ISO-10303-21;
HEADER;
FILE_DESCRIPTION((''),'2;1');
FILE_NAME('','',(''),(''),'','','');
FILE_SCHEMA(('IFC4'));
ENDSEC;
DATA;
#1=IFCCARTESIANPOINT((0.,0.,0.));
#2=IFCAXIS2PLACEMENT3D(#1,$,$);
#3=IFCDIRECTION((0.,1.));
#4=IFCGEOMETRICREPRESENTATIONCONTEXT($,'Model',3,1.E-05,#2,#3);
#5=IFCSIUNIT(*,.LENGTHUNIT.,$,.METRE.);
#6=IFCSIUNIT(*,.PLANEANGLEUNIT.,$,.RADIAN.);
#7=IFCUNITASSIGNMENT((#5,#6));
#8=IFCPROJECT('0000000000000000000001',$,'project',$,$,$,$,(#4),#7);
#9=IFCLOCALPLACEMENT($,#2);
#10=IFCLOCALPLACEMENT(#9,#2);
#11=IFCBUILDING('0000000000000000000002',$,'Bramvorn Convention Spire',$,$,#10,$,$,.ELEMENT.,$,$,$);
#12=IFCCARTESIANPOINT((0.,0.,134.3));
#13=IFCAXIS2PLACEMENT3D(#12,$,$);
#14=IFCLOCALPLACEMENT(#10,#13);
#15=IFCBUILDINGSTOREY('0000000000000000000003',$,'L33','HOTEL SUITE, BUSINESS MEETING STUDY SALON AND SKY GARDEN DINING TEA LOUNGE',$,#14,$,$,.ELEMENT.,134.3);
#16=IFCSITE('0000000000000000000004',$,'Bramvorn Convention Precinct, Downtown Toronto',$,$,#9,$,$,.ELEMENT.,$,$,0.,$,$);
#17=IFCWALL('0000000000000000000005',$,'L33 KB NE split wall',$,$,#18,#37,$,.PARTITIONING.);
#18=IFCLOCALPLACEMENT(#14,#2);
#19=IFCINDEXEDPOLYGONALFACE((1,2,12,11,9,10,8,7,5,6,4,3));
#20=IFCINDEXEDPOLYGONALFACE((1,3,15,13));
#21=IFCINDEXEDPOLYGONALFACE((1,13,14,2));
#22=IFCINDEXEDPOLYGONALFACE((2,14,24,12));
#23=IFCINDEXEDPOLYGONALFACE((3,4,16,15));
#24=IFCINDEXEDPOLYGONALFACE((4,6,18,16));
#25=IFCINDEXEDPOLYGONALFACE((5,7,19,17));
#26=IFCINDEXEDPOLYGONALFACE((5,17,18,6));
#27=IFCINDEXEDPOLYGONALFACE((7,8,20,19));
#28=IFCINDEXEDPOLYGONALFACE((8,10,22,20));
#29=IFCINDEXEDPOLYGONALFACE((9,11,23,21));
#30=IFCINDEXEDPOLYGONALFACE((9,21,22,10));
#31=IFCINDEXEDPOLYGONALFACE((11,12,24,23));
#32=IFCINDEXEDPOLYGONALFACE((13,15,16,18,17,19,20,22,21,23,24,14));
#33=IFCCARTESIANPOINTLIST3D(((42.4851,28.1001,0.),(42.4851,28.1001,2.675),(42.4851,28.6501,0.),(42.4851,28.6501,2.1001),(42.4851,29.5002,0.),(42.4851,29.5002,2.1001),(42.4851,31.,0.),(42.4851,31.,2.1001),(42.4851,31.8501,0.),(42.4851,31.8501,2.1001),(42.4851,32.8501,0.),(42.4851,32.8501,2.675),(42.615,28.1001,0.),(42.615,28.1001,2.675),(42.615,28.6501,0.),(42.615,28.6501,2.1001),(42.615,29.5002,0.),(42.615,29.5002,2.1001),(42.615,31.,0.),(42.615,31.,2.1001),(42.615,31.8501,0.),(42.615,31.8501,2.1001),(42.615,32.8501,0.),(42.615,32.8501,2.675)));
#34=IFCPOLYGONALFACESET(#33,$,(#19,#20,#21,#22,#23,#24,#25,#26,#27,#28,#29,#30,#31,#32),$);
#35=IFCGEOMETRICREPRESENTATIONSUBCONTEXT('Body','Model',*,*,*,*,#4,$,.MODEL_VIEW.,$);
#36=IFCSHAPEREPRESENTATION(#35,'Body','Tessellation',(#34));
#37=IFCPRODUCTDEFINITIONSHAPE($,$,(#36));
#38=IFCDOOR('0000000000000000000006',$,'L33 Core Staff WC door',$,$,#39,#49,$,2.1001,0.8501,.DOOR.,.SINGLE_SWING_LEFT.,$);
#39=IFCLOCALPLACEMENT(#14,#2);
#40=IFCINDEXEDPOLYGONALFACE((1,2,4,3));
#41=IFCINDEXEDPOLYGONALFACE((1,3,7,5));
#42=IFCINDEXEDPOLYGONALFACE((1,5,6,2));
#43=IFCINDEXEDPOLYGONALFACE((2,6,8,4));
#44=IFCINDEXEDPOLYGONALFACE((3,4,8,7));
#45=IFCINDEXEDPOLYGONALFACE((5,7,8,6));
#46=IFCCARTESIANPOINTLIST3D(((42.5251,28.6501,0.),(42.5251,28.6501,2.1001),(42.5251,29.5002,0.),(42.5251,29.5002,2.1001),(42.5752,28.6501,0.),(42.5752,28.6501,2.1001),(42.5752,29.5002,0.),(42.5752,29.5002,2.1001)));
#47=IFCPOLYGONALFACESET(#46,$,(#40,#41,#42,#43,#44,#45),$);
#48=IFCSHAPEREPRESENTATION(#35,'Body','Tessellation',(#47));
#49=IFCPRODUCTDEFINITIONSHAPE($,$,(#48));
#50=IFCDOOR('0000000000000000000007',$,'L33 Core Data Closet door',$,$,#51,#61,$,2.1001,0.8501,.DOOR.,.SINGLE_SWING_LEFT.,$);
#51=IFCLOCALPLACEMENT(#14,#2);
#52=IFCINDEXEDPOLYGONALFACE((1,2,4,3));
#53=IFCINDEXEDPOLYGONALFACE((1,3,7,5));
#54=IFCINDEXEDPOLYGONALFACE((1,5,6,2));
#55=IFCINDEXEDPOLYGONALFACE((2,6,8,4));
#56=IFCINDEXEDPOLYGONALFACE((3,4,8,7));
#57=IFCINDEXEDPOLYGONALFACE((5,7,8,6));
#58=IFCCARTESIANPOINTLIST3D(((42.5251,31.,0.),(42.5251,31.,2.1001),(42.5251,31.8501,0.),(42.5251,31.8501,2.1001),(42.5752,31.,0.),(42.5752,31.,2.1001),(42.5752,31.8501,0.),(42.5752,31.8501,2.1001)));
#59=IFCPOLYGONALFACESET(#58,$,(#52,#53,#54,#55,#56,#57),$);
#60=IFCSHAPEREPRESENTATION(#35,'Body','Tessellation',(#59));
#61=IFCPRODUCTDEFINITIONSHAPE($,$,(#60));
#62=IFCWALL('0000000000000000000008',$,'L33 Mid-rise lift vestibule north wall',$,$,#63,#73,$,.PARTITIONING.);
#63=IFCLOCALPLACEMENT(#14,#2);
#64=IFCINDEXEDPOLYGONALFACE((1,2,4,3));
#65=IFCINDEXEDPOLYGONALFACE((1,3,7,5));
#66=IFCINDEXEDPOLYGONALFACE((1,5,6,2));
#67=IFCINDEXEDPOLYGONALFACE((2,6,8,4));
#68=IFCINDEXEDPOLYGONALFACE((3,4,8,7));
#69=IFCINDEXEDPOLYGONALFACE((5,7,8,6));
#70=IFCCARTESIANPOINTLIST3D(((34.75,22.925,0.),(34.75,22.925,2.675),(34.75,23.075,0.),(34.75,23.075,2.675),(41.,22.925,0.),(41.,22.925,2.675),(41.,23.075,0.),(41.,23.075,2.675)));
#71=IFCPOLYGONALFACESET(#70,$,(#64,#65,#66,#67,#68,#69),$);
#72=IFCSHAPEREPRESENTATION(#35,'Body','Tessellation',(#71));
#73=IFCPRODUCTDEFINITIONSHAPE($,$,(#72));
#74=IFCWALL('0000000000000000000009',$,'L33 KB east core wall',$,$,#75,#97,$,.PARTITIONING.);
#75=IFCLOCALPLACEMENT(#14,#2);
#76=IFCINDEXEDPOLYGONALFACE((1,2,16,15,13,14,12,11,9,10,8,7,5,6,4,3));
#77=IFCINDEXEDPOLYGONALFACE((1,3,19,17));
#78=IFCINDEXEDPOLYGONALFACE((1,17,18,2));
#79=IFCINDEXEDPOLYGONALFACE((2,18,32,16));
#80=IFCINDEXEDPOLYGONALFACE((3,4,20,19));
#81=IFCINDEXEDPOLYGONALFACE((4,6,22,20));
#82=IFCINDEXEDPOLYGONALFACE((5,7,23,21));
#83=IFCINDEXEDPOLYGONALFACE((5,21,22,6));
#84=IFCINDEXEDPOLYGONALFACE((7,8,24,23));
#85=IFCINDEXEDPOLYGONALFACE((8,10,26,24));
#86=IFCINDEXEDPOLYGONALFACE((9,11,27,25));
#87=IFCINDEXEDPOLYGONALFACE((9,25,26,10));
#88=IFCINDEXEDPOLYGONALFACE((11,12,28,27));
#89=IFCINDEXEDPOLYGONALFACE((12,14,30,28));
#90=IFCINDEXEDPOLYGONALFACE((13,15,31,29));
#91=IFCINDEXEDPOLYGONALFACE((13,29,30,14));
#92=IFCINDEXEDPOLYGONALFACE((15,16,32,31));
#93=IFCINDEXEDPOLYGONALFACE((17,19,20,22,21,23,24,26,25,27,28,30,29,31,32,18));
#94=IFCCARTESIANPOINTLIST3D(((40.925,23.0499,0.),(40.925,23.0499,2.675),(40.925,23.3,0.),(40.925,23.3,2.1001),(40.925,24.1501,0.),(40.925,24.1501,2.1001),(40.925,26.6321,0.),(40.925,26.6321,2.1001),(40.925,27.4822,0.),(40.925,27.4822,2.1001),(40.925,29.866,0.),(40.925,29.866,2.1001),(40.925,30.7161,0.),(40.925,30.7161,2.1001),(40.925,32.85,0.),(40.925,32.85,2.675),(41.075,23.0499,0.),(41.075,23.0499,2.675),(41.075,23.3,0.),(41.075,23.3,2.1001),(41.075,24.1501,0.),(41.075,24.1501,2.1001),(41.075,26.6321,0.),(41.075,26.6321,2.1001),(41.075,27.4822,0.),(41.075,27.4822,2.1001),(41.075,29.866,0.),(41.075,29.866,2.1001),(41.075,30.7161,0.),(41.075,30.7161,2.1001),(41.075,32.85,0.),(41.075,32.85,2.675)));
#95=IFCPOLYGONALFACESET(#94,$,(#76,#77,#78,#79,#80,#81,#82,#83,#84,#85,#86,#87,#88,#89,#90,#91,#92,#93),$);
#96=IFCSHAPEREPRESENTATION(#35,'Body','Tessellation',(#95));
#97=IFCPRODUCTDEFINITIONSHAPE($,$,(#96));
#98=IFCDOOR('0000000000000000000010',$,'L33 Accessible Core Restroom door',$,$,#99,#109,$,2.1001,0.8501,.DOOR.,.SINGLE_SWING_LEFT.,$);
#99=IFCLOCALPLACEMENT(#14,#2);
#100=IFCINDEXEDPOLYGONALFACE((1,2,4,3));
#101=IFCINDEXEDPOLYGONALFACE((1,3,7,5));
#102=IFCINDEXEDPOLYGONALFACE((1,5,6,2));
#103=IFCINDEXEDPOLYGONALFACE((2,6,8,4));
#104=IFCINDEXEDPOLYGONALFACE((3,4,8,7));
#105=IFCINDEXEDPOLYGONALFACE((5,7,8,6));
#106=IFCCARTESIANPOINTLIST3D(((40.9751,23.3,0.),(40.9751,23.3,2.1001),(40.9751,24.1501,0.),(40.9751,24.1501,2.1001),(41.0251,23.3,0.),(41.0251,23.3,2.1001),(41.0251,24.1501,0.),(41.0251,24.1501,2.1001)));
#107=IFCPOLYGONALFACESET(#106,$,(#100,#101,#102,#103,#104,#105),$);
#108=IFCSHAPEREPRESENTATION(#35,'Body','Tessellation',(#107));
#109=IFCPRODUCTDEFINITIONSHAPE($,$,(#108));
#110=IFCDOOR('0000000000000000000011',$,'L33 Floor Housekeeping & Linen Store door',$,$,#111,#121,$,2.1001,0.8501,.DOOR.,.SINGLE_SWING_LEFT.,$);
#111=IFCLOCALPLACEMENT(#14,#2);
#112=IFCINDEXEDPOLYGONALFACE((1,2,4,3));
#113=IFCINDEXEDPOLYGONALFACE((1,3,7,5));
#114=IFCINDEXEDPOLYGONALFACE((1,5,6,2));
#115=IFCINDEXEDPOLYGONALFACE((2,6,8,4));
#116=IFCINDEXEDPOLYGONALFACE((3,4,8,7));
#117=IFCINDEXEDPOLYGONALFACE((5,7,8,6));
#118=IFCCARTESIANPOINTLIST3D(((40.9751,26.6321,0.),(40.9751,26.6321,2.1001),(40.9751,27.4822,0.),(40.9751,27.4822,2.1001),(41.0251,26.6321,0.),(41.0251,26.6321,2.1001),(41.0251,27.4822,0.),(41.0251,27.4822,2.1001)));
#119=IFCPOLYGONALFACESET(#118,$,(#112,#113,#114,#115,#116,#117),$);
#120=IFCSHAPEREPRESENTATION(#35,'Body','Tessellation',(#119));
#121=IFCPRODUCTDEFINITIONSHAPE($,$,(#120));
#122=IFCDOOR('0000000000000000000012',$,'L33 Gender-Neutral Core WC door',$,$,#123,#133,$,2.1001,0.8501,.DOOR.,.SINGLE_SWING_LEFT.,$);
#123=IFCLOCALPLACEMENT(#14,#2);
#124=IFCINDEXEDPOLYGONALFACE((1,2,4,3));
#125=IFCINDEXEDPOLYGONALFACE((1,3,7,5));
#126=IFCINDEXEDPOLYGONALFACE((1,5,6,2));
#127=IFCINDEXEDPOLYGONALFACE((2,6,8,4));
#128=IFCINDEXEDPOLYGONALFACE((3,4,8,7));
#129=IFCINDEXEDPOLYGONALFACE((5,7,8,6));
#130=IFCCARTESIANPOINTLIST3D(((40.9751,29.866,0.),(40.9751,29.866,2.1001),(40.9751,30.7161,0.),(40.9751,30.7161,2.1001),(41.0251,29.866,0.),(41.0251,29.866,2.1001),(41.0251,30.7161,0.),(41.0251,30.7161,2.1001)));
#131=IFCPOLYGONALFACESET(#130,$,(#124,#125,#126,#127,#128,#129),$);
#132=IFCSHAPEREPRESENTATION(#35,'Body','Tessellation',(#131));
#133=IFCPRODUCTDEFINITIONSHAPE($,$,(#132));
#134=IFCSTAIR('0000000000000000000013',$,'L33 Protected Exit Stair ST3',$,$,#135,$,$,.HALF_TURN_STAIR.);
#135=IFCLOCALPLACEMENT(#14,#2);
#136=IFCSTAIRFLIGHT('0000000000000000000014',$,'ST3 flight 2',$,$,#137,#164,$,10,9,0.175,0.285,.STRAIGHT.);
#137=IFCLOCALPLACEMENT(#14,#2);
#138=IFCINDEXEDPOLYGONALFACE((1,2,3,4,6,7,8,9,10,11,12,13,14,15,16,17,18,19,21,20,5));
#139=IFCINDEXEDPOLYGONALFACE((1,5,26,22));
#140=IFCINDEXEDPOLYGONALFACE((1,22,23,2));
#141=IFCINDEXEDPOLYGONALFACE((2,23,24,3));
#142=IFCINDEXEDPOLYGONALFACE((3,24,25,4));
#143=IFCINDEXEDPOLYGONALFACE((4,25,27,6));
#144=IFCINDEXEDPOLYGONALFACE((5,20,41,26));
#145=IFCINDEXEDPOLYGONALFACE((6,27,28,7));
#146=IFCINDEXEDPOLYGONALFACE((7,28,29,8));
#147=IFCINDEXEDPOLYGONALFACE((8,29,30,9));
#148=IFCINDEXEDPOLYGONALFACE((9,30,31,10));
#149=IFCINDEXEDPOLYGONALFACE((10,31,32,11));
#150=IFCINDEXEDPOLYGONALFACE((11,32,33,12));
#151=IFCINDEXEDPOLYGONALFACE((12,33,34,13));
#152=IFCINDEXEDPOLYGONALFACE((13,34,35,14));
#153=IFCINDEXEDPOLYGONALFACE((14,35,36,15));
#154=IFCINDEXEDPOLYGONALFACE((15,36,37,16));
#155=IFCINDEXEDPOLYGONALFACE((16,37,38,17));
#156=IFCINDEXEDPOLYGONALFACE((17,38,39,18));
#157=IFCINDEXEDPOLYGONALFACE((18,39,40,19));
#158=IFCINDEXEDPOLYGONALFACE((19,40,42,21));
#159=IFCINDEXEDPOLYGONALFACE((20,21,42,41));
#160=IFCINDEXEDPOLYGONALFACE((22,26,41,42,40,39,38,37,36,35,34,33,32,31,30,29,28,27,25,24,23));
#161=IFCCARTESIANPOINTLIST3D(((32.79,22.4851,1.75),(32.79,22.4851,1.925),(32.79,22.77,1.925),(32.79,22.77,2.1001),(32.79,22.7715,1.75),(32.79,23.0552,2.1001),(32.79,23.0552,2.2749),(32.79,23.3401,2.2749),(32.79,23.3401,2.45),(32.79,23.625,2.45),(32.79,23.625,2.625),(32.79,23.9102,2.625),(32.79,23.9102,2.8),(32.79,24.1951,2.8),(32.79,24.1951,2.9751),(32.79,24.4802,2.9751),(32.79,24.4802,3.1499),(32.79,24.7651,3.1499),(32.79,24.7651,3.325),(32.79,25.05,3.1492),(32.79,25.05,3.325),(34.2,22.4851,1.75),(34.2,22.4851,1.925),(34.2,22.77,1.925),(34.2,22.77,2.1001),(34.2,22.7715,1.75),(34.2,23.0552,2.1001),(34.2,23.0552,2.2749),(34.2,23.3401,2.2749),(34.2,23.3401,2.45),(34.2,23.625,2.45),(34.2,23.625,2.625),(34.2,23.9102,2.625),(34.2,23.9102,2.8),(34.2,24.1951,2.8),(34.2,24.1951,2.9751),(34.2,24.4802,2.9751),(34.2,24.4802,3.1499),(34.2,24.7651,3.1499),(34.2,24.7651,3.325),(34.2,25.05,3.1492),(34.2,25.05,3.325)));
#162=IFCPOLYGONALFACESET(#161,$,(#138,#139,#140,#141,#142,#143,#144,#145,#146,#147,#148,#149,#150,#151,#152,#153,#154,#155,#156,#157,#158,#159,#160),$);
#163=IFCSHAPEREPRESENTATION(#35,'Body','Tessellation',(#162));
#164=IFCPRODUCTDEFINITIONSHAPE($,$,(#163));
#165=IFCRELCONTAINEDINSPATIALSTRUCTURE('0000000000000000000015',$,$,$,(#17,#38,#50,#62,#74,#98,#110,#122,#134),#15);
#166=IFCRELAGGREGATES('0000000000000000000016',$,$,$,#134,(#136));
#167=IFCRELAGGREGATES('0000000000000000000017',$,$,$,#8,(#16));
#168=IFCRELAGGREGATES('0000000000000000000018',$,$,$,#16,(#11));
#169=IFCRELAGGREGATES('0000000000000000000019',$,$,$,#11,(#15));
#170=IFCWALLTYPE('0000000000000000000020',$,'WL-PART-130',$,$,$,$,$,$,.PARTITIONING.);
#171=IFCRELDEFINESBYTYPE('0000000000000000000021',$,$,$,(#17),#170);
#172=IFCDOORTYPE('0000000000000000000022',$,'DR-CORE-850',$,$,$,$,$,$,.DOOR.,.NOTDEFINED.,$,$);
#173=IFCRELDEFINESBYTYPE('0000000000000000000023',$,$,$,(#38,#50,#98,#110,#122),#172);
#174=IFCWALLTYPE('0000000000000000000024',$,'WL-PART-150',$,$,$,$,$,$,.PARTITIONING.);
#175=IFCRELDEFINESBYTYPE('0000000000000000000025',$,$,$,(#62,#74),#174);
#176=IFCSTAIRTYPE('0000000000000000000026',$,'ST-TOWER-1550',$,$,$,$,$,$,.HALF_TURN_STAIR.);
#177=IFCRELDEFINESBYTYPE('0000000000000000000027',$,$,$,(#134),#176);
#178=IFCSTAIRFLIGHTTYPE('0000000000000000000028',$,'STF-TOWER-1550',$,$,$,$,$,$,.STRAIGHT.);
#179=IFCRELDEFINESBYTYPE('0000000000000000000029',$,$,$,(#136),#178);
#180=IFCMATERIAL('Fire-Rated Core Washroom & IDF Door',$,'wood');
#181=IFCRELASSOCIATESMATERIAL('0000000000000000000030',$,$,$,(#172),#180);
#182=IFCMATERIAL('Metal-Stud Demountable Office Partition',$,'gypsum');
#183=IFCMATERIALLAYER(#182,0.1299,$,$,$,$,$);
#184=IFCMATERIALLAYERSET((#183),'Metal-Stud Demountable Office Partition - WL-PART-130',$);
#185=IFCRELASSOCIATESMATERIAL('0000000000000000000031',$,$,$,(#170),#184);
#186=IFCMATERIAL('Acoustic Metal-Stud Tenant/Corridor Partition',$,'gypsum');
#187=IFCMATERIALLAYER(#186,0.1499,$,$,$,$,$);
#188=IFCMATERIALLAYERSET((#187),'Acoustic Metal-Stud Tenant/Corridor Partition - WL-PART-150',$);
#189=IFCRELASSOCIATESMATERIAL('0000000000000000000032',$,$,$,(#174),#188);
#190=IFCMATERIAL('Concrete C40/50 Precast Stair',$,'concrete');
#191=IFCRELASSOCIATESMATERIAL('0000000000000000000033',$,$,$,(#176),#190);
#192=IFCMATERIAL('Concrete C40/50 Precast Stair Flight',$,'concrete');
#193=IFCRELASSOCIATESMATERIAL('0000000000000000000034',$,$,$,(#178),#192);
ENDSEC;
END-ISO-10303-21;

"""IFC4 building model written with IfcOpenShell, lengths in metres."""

from ifc_helpers import new_model, si_unit, direction, frame, frame_2d, origin, place, context, subcontext, project, spatial, polyline, rectangle, outline, extrude, material, layer, layer_set, type_object, element, fill, aggregate, save


model = new_model("IFC4")

# Units and contexts
model_context = context("Model", 3, precision=1e-05, world=origin(), true_north=direction((0.0, 1.0)))
body_context = subcontext(model_context, "Body", "Model", "MODEL_VIEW")
ifc_project = project(units=[si_unit("LENGTHUNIT", "METRE"), si_unit("PLANEANGLEUNIT", "RADIAN")], contexts=[model_context])

# Site, building, storey
site_placement = place(None, origin())
site = spatial("IfcSite", under=ifc_project, at=site_placement, Name="Bramvorn Convention Precinct, Downtown Toronto", CompositionType="ELEMENT", RefElevation=0.0)
building_placement = place(site_placement, origin())
building = spatial("IfcBuilding", under=site, at=building_placement, Name="Bramvorn Convention Spire", CompositionType="ELEMENT")
storey_placement = place(building_placement, frame((0.0, 0.0, 134.3)))
storey = spatial("IfcBuildingStorey", under=building, at=storey_placement, Name="L33", Description="HOTEL SUITE, BUSINESS MEETING STUDY SALON AND SKY GARDEN DINING TEA LOUNGE", CompositionType="ELEMENT", Elevation=134.3)

# Shared definitions
ifc_material_1 = material(Name="Fire-Rated Core Washroom & IDF Door", Category="wood")
door_type_1 = type_object("IfcDoorType", Name="DR-CORE-850", OperationType="NOTDEFINED", PredefinedType="DOOR", material=ifc_material_1)

# Wall, openings, doors
ifc_material_2 = material(Name="Metal-Stud Demountable Office Partition", Category="gypsum")
ifc_layer_1 = layer(ifc_material_2, 0.1299)
ifc_layer_set_1 = layer_set([ifc_layer_1], Name="Metal-Stud Demountable Office Partition - WL-PART-130")
wall_type_1 = type_object("IfcWallType", Name="WL-PART-130", PredefinedType="PARTITIONING", material=ifc_layer_set_1)
wall_1_placement = place(storey_placement, frame((42.55, 28.1001, 0.0), z_axis=(0.0, 0.0, 1.0), x_axis=(0.0, 1.0, 0.0)))
wall_1 = element("IfcWall", 1, at=wall_1_placement, inside=storey, type_object=wall_type_1, Name="L33 KB NE split wall", PredefinedType="PARTITIONING", context=body_context, shape_type="SweptSolid", body=[
    extrude(rectangle(XDim=4.75, YDim=0.1299, at=frame_2d((2.375, 0.0))), origin(), (0.0, 0.0, 1.0), 2.675),
])
opening_1_placement = place(wall_1_placement, frame((0.55, 0.0, 0.0)))
opening_1 = element("IfcOpeningElement", 2, at=opening_1_placement, cuts=wall_1, PredefinedType="OPENING", context=body_context, shape_type="SweptSolid", body=[
    extrude(rectangle(XDim=0.8501, YDim=2.1001, at=frame_2d((0.425, 1.05))), frame((0.0, 0.075, 0.0), z_axis=(0.0, -1.0, 0.0), x_axis=(1.0, 0.0, 0.0)), (0.0, 0.0, 1.0), 0.1499),
])
opening_2_placement = place(wall_1_placement, frame((2.8999, 0.0, 0.0)))
opening_2 = element("IfcOpeningElement", 3, at=opening_2_placement, cuts=wall_1, PredefinedType="OPENING", context=body_context, shape_type="SweptSolid", body=[
    extrude(rectangle(XDim=0.8501, YDim=2.1001, at=frame_2d((0.425, 1.05))), frame((0.0, 0.075, 0.0), z_axis=(0.0, -1.0, 0.0), x_axis=(1.0, 0.0, 0.0)), (0.0, 0.0, 1.0), 0.1499),
])
door_1_placement = place(opening_1_placement, origin())
door_1 = element("IfcDoor", 4, at=door_1_placement, inside=storey, type_object=door_type_1, Name="L33 Core Staff WC door", OperationType="SINGLE_SWING_LEFT", OverallHeight=2.1001, OverallWidth=0.8501, PredefinedType="DOOR", context=body_context, shape_type="SweptSolid", body=[
    extrude(rectangle(XDim=0.8501, YDim=2.1001, at=frame_2d((0.425, 1.05))), frame((0.0, 0.0249, 0.0), z_axis=(0.0, -1.0, 0.0), x_axis=(1.0, 0.0, 0.0)), (0.0, 0.0, 1.0), 0.05),
])
fill(opening_1, door_1)
door_2_placement = place(opening_2_placement, origin())
door_2 = element("IfcDoor", 5, at=door_2_placement, inside=storey, type_object=door_type_1, Name="L33 Core Data Closet door", OperationType="SINGLE_SWING_LEFT", OverallHeight=2.1001, OverallWidth=0.8501, PredefinedType="DOOR", context=body_context, shape_type="SweptSolid", body=[
    extrude(rectangle(XDim=0.8501, YDim=2.1001, at=frame_2d((0.425, 1.05))), frame((0.0, 0.0249, 0.0), z_axis=(0.0, -1.0, 0.0), x_axis=(1.0, 0.0, 0.0)), (0.0, 0.0, 1.0), 0.05),
])
fill(opening_2, door_2)

# Wall
ifc_material_3 = material(Name="Acoustic Metal-Stud Tenant/Corridor Partition", Category="gypsum")
ifc_layer_2 = layer(ifc_material_3, 0.1499)
ifc_layer_set_2 = layer_set([ifc_layer_2], Name="Acoustic Metal-Stud Tenant/Corridor Partition - WL-PART-150")
wall_type_2 = type_object("IfcWallType", Name="WL-PART-150", PredefinedType="PARTITIONING", material=ifc_layer_set_2)
wall_2_placement = place(storey_placement, frame((34.75, 23.0, 0.0), z_axis=(0.0, 0.0, 1.0), x_axis=(1.0, 0.0, 0.0)))
element("IfcWall", 6, at=wall_2_placement, inside=storey, type_object=wall_type_2, Name="L33 Mid-rise lift vestibule north wall", PredefinedType="PARTITIONING", context=body_context, shape_type="SweptSolid", body=[
    extrude(rectangle(XDim=6.25, YDim=0.1499, at=frame_2d((3.125, 0.0))), origin(), (0.0, 0.0, 1.0), 2.675),
])

# Wall, openings, doors
wall_3_placement = place(storey_placement, frame((41.0, 23.05, 0.0), z_axis=(0.0, 0.0, 1.0), x_axis=(0.0, 1.0, 0.0)))
wall_3 = element("IfcWall", 7, at=wall_3_placement, inside=storey, type_object=wall_type_2, Name="L33 KB east core wall", PredefinedType="PARTITIONING", context=body_context, shape_type="SweptSolid", body=[
    extrude(rectangle(XDim=9.8, YDim=0.1499, at=frame_2d((4.8999, 0.0))), origin(), (0.0, 0.0, 1.0), 2.675),
])
opening_3_placement = place(wall_3_placement, frame((0.25, 0.0, 0.0)))
opening_3 = element("IfcOpeningElement", 8, at=opening_3_placement, cuts=wall_3, PredefinedType="OPENING", context=body_context, shape_type="SweptSolid", body=[
    extrude(rectangle(XDim=0.8501, YDim=2.1001, at=frame_2d((0.425, 1.05))), frame((0.0, 0.085, 0.0), z_axis=(0.0, -1.0, 0.0), x_axis=(1.0, 0.0, 0.0)), (0.0, 0.0, 1.0), 0.1699),
])
opening_4_placement = place(wall_3_placement, frame((3.582, 0.0, 0.0)))
opening_4 = element("IfcOpeningElement", 9, at=opening_4_placement, cuts=wall_3, PredefinedType="OPENING", context=body_context, shape_type="SweptSolid", body=[
    extrude(rectangle(XDim=0.8501, YDim=2.1001, at=frame_2d((0.425, 1.05))), frame((0.0, 0.085, 0.0), z_axis=(0.0, -1.0, 0.0), x_axis=(1.0, 0.0, 0.0)), (0.0, 0.0, 1.0), 0.1699),
])
opening_5_placement = place(wall_3_placement, frame((6.8159, 0.0, 0.0)))
opening_5 = element("IfcOpeningElement", 10, at=opening_5_placement, cuts=wall_3, PredefinedType="OPENING", context=body_context, shape_type="SweptSolid", body=[
    extrude(rectangle(XDim=0.8501, YDim=2.1001, at=frame_2d((0.425, 1.05))), frame((0.0, 0.085, 0.0), z_axis=(0.0, -1.0, 0.0), x_axis=(1.0, 0.0, 0.0)), (0.0, 0.0, 1.0), 0.1699),
])
door_3_placement = place(opening_3_placement, origin())
door_3 = element("IfcDoor", 11, at=door_3_placement, inside=storey, type_object=door_type_1, Name="L33 Accessible Core Restroom door", OperationType="SINGLE_SWING_LEFT", OverallHeight=2.1001, OverallWidth=0.8501, PredefinedType="DOOR", context=body_context, shape_type="SweptSolid", body=[
    extrude(rectangle(XDim=0.8501, YDim=2.1001, at=frame_2d((0.425, 1.05))), frame((0.0, 0.0249, 0.0), z_axis=(0.0, -1.0, 0.0), x_axis=(1.0, 0.0, 0.0)), (0.0, 0.0, 1.0), 0.05),
])
fill(opening_3, door_3)
door_4_placement = place(opening_4_placement, origin())
door_4 = element("IfcDoor", 12, at=door_4_placement, inside=storey, type_object=door_type_1, Name="L33 Floor Housekeeping & Linen Store door", OperationType="SINGLE_SWING_LEFT", OverallHeight=2.1001, OverallWidth=0.8501, PredefinedType="DOOR", context=body_context, shape_type="SweptSolid", body=[
    extrude(rectangle(XDim=0.8501, YDim=2.1001, at=frame_2d((0.425, 1.05))), frame((0.0, 0.0249, 0.0), z_axis=(0.0, -1.0, 0.0), x_axis=(1.0, 0.0, 0.0)), (0.0, 0.0, 1.0), 0.05),
])
fill(opening_4, door_4)
door_5_placement = place(opening_5_placement, origin())
door_5 = element("IfcDoor", 13, at=door_5_placement, inside=storey, type_object=door_type_1, Name="L33 Gender-Neutral Core WC door", OperationType="SINGLE_SWING_LEFT", OverallHeight=2.1001, OverallWidth=0.8501, PredefinedType="DOOR", context=body_context, shape_type="SweptSolid", body=[
    extrude(rectangle(XDim=0.8501, YDim=2.1001, at=frame_2d((0.425, 1.05))), frame((0.0, 0.0249, 0.0), z_axis=(0.0, -1.0, 0.0), x_axis=(1.0, 0.0, 0.0)), (0.0, 0.0, 1.0), 0.05),
])
fill(opening_5, door_5)

# Stair, stair flight
ifc_material_4 = material(Name="Concrete C40/50 Precast Stair", Category="concrete")
stair_type = type_object("IfcStairType", Name="ST-TOWER-1550", PredefinedType="HALF_TURN_STAIR", material=ifc_material_4)
stair_placement = place(storey_placement, origin())
stair = element("IfcStair", 14, at=stair_placement, inside=storey, type_object=stair_type, Name="L33 Protected Exit Stair ST3", PredefinedType="HALF_TURN_STAIR")
ifc_material_5 = material(Name="Concrete C40/50 Precast Stair Flight", Category="concrete")
stair_flight_type = type_object("IfcStairFlightType", Name="STF-TOWER-1550", PredefinedType="STRAIGHT", material=ifc_material_5)
stair_flight_placement = place(storey_placement, frame((33.4951, 22.4851, 1.75), z_axis=(0.0, 0.0, 1.0), x_axis=(0.0, 1.0, 0.0)))
stair_flight = element("IfcStairFlight", 15, at=stair_flight_placement, type_object=stair_flight_type, Name="ST3 flight 2", NumberOfRisers=10, NumberOfTreads=9, PredefinedType="STRAIGHT", RiserHeight=0.175, TreadLength=0.285, context=body_context, shape_type="SweptSolid", body=[
    extrude(outline(polyline([(0.0, 0.0), (0.0, 0.175), (0.2849, 0.175), (0.2849, 0.3501), (0.5701, 0.3501), (0.5701, 0.5249), (0.855, 0.5249), (0.855, 0.7), (1.1399, 0.7), (1.1399, 0.875), (1.425, 0.875), (1.425, 1.05), (1.71, 1.05), (1.71, 1.2251), (1.9951, 1.2251), (1.9951, 1.3999), (2.28, 1.3999), (2.28, 1.575), (2.5649, 1.575), (2.5649, 1.75), (2.5649, 1.3992), (0.2864, 0.0), (0.0, 0.0)])), frame((0.0, 0.7051, 0.0), z_axis=(0.0, -1.0, 0.0), x_axis=(1.0, 0.0, 0.0)), (0.0, 0.0, 1.0), 1.4099),
])
aggregate(stair, [stair_flight])

save(model, "model.ifc")
